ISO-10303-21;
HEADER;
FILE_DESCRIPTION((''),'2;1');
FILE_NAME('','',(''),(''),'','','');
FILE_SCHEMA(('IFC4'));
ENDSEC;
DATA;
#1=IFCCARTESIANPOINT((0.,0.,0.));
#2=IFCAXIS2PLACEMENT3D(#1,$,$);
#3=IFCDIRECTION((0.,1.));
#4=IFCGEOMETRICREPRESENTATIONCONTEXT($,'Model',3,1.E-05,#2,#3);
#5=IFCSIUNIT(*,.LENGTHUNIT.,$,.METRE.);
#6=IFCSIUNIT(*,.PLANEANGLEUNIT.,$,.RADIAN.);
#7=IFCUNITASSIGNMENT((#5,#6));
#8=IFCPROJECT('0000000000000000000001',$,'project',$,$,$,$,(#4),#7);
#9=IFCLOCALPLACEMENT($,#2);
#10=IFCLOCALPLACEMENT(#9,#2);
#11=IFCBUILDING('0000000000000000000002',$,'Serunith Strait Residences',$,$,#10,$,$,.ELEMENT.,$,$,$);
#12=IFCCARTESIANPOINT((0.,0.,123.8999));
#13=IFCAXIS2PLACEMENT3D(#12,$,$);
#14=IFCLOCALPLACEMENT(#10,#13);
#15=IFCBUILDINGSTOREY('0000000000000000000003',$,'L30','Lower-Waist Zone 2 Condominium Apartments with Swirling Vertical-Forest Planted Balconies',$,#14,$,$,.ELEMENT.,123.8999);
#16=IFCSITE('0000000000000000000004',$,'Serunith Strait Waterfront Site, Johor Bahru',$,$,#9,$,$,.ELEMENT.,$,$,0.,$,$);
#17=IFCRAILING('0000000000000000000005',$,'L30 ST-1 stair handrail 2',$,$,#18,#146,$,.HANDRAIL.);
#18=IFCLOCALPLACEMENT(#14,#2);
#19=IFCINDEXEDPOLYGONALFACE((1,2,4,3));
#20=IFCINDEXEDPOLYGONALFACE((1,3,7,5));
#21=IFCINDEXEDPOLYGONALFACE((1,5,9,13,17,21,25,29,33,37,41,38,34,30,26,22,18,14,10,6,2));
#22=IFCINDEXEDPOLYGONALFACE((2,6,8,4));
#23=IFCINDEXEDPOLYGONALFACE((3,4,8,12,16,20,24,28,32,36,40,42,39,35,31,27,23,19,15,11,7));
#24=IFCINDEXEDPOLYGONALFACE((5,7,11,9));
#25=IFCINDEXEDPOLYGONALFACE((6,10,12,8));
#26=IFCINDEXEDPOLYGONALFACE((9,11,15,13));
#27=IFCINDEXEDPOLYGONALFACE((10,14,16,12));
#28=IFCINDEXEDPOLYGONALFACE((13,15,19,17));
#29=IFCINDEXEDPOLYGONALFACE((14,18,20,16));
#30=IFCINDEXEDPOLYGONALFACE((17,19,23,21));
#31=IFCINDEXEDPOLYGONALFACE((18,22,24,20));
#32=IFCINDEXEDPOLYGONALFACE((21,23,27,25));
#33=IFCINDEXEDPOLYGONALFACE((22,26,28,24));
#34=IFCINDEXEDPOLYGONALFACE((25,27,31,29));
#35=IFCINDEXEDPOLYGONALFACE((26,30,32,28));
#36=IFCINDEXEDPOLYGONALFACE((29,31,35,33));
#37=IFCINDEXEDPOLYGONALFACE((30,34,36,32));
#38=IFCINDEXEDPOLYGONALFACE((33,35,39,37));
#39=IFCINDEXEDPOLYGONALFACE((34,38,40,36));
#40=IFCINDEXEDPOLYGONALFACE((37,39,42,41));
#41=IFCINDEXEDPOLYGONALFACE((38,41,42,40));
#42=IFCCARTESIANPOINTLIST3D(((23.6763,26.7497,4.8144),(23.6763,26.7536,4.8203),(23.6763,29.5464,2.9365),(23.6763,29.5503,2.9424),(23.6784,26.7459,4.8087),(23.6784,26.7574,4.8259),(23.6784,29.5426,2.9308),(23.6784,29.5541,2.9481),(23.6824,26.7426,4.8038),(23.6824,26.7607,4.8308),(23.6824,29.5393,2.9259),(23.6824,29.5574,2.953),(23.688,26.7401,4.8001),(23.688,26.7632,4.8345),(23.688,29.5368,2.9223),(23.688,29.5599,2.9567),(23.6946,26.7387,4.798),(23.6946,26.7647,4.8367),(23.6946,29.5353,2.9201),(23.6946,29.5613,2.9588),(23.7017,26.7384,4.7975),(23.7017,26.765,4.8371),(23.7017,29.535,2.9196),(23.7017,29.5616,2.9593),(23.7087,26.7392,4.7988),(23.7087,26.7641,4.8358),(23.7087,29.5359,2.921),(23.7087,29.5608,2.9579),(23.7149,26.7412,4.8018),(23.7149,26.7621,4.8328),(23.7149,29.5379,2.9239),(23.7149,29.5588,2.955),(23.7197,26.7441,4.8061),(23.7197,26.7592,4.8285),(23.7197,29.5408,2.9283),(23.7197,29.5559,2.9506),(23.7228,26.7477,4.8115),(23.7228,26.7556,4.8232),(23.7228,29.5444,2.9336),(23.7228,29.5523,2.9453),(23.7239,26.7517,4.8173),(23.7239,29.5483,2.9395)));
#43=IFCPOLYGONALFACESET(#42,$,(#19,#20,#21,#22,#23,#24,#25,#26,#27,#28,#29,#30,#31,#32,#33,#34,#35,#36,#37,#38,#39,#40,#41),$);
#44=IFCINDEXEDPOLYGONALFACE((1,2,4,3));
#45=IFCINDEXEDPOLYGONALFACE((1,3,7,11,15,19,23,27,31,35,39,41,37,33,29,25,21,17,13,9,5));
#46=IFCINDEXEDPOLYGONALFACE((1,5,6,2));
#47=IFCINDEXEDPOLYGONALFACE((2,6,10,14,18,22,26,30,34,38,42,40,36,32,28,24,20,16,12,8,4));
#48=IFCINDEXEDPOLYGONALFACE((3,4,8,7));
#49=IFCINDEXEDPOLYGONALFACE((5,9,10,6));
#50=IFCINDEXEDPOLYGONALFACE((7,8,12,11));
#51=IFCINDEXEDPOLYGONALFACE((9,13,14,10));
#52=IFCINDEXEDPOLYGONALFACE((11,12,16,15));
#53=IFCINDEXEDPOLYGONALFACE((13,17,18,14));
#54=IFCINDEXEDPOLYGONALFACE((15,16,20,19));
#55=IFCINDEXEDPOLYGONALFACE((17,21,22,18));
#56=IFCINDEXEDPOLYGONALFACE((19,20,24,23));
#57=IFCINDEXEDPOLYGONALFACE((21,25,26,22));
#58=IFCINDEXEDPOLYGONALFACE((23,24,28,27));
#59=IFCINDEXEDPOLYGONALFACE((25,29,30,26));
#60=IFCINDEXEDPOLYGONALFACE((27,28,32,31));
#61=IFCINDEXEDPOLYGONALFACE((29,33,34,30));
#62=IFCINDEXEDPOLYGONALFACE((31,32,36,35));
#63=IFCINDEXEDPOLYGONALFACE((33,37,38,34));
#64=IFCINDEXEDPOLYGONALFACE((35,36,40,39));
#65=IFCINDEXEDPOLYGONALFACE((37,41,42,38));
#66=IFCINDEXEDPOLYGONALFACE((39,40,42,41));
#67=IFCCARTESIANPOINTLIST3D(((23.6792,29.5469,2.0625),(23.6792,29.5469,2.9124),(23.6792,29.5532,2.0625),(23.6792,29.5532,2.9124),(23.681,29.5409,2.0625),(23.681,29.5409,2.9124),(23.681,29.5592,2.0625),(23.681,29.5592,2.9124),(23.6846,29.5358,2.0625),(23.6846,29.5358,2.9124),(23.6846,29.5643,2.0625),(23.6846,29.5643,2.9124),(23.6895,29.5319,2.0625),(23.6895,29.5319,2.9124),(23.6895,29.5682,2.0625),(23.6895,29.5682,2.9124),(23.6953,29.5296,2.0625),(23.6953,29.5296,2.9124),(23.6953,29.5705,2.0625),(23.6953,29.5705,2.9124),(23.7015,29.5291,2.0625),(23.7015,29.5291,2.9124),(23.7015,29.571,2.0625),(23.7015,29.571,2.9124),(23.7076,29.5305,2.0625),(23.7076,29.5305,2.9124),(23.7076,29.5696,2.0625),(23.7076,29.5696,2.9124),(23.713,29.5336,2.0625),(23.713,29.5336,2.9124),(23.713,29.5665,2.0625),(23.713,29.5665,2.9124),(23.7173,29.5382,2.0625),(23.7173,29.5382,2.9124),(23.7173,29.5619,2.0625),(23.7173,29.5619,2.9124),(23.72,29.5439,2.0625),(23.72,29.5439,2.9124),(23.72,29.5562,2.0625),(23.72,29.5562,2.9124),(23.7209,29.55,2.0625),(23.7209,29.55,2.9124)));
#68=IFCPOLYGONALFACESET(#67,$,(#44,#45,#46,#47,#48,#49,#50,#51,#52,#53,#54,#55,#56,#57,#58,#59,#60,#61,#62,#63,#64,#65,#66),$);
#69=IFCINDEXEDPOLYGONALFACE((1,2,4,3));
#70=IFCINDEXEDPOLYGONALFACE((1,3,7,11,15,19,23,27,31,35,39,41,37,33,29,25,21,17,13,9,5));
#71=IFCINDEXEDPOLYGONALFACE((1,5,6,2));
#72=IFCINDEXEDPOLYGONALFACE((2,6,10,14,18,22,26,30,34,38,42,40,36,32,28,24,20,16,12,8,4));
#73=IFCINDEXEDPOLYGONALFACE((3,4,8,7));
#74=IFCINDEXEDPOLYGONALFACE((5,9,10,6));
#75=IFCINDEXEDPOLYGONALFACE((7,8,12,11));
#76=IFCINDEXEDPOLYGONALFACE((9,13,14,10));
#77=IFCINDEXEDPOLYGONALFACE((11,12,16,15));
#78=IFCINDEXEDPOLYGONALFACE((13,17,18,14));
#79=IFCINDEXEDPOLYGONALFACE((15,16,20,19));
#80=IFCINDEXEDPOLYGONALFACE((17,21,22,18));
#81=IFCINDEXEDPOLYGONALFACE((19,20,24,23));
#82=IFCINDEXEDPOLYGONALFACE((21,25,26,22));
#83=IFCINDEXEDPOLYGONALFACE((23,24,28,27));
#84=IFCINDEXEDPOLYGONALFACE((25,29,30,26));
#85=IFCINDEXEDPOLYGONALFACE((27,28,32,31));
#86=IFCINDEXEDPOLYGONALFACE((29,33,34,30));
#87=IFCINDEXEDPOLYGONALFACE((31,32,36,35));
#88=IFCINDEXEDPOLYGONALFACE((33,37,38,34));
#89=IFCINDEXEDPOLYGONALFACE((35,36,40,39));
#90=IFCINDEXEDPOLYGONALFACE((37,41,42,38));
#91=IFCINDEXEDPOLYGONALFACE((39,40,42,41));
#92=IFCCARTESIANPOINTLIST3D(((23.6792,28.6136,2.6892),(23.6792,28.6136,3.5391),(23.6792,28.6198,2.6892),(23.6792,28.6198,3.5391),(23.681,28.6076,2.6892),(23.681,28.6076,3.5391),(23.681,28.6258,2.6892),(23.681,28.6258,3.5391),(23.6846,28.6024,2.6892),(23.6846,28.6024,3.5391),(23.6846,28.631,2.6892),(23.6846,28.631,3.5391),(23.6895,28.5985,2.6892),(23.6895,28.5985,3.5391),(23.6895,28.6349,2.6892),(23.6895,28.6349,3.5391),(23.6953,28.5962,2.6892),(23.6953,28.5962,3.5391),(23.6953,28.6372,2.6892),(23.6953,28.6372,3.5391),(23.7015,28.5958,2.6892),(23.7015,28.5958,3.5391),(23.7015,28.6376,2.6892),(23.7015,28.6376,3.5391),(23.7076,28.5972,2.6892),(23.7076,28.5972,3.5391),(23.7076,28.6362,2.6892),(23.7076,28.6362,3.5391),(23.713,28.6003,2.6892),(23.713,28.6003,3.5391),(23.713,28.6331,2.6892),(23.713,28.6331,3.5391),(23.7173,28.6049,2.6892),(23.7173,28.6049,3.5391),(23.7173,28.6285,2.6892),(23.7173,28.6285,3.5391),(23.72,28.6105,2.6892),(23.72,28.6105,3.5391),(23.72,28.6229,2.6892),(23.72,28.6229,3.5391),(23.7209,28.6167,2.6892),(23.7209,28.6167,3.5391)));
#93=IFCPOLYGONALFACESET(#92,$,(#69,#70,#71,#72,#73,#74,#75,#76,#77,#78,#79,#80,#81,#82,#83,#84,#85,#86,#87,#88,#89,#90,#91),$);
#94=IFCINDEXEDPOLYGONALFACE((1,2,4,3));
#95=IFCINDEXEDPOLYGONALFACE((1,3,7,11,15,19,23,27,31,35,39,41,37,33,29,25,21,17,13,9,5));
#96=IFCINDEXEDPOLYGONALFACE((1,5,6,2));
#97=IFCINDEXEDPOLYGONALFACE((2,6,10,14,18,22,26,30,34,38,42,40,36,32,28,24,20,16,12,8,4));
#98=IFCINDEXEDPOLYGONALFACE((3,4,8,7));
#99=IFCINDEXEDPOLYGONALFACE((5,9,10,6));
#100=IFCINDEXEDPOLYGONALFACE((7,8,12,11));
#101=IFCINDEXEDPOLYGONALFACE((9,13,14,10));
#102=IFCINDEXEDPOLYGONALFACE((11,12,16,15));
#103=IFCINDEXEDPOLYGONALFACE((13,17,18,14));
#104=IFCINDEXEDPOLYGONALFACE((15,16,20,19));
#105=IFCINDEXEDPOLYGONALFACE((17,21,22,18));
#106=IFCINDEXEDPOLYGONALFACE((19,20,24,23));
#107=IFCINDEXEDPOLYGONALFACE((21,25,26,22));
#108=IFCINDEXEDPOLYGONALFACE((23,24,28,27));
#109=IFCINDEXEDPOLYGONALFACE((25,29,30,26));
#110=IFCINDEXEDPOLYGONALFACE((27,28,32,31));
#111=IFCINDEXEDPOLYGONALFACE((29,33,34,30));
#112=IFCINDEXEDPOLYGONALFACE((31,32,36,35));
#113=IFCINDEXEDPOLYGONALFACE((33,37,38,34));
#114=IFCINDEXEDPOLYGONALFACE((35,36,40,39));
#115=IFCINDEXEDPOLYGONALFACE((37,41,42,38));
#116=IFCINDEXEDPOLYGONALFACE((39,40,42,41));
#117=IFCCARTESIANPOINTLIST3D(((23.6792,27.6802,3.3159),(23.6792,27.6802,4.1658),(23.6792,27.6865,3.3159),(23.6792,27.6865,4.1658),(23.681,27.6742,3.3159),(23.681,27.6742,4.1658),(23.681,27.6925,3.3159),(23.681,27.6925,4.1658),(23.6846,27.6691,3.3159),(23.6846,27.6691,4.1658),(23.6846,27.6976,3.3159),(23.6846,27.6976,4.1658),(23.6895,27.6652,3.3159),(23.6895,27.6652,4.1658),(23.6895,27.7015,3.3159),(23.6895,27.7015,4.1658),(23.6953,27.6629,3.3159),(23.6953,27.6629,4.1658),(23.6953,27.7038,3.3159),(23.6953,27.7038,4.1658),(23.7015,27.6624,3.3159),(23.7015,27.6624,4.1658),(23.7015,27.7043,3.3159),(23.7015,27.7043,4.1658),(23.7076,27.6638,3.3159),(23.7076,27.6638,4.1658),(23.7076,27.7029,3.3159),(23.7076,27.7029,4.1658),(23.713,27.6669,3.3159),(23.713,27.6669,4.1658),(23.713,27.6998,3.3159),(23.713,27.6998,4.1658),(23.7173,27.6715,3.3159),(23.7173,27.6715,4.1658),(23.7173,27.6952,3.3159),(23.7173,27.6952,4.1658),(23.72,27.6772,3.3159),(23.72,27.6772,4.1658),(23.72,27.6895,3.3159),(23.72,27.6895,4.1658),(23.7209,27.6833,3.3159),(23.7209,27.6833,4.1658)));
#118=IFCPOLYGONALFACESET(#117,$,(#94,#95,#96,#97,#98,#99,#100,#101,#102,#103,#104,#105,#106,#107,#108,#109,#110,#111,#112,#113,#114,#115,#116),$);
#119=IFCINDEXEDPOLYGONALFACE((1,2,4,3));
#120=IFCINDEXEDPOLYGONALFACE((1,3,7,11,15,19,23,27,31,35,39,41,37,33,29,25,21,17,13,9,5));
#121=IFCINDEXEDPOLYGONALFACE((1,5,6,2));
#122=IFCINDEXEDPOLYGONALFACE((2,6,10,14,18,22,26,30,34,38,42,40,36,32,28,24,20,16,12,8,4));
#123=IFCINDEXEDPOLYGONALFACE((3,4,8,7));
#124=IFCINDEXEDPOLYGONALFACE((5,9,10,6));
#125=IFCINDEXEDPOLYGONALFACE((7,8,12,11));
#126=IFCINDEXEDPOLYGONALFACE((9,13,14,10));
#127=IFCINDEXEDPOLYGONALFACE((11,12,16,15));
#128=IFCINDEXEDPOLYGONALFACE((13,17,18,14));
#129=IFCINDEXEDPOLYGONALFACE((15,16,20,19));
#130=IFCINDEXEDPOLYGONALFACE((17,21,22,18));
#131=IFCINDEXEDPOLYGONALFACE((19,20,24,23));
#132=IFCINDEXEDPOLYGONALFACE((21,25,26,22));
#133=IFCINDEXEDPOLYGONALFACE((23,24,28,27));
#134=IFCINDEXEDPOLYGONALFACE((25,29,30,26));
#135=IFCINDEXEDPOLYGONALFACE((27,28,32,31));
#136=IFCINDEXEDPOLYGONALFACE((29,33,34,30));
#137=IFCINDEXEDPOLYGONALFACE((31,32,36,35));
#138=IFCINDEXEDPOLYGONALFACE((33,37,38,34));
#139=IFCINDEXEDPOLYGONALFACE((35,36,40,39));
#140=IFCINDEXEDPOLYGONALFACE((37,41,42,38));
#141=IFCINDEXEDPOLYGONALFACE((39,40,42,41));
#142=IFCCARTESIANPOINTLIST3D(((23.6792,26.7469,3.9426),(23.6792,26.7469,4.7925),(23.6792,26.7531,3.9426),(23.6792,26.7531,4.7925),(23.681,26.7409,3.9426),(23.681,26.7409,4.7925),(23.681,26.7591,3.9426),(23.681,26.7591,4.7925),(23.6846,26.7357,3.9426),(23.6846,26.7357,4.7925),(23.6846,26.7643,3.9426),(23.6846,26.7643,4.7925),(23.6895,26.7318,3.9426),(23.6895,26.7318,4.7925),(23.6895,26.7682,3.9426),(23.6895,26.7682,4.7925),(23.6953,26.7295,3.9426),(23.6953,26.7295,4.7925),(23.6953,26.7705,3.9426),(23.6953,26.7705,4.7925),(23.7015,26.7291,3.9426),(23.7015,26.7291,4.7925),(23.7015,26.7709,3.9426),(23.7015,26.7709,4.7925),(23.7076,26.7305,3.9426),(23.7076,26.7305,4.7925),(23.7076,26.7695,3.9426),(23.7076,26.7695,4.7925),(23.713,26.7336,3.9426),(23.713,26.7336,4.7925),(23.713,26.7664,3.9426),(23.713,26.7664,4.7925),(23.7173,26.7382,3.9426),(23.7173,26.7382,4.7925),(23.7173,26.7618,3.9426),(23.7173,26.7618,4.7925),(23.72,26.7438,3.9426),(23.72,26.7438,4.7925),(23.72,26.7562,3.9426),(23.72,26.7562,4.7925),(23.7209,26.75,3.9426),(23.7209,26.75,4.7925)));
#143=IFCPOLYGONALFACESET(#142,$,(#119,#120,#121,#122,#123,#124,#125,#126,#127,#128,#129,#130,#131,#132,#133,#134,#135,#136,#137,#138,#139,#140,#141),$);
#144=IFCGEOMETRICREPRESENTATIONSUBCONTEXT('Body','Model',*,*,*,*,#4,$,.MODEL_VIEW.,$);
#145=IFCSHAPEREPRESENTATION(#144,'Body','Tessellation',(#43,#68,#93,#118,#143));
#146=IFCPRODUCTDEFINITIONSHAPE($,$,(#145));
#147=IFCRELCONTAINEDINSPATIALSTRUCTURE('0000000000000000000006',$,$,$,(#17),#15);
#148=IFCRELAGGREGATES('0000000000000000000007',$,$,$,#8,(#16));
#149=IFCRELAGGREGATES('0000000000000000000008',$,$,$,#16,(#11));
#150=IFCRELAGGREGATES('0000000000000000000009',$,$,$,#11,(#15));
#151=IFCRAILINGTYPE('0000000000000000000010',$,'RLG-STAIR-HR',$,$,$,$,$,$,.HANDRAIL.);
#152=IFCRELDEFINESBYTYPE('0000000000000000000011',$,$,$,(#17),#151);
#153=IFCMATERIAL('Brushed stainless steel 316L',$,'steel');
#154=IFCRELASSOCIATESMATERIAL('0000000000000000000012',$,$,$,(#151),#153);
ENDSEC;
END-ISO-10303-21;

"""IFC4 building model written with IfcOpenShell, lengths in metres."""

from ifc_helpers import new_model, si_unit, direction, frame, origin, origin_2d, place, context, subcontext, project, spatial, circle, extrude, material, type_object, element, save


model = new_model("IFC4")

# Units and contexts
model_context = context("Model", 3, precision=1e-05, world=origin(), true_north=direction((0.0, 1.0)))
body_context = subcontext(model_context, "Body", "Model", "MODEL_VIEW")
ifc_project = project(units=[si_unit("LENGTHUNIT", "METRE"), si_unit("PLANEANGLEUNIT", "RADIAN")], contexts=[model_context])

# Site, building, storey
site_placement = place(None, origin())
site = spatial("IfcSite", under=ifc_project, at=site_placement, Name="Serunith Strait Waterfront Site, Johor Bahru", CompositionType="ELEMENT", RefElevation=0.0)
building_placement = place(site_placement, origin())
building = spatial("IfcBuilding", under=site, at=building_placement, Name="Serunith Strait Residences", CompositionType="ELEMENT")
storey_placement = place(building_placement, frame((0.0, 0.0, 123.8999)))
storey = spatial("IfcBuildingStorey", under=building, at=storey_placement, Name="L30", Description="Lower-Waist Zone 2 Condominium Apartments with Swirling Vertical-Forest Planted Balconies", CompositionType="ELEMENT", Elevation=123.8999)

# Railing
ifc_material_1 = material(Name="Brushed stainless steel 316L", Category="steel")
railing_type_1 = type_object("IfcRailingType", Name="RLG-STAIR-HR", PredefinedType="HANDRAIL", material=ifc_material_1)
railing_1_placement = place(storey_placement, frame((23.7, 29.55, 2.0625)))
element("IfcRailing", 1, at=railing_1_placement, inside=storey, type_object=railing_type_1, Name="L30 ST-1 stair handrail 2", PredefinedType="HANDRAIL", context=body_context, shape_type="SweptSolid", body=[
    extrude(circle(Radius=0.0239, at=origin_2d()), frame((0.0, -0.0017, 0.877), z_axis=(0.0, -0.830208, 0.557453), x_axis=(1.0, 0.0, 0.0)), (0.0, 0.0, 1.0), 3.3687),
    extrude(circle(Radius=0.021, at=origin_2d()), origin(), (0.0, 0.0, 1.0), 0.8499),
    extrude(circle(Radius=0.021, at=origin_2d()), frame((0.0, -0.9333, 0.6267)), (0.0, 0.0, 1.0), 0.8499),
    extrude(circle(Radius=0.021, at=origin_2d()), frame((0.0, -1.8667, 1.2534)), (0.0, 0.0, 1.0), 0.8499),
    extrude(circle(Radius=0.021, at=origin_2d()), frame((0.0, -2.8, 1.8801)), (0.0, 0.0, 1.0), 0.8499),
])

save(model, "model.ifc")
